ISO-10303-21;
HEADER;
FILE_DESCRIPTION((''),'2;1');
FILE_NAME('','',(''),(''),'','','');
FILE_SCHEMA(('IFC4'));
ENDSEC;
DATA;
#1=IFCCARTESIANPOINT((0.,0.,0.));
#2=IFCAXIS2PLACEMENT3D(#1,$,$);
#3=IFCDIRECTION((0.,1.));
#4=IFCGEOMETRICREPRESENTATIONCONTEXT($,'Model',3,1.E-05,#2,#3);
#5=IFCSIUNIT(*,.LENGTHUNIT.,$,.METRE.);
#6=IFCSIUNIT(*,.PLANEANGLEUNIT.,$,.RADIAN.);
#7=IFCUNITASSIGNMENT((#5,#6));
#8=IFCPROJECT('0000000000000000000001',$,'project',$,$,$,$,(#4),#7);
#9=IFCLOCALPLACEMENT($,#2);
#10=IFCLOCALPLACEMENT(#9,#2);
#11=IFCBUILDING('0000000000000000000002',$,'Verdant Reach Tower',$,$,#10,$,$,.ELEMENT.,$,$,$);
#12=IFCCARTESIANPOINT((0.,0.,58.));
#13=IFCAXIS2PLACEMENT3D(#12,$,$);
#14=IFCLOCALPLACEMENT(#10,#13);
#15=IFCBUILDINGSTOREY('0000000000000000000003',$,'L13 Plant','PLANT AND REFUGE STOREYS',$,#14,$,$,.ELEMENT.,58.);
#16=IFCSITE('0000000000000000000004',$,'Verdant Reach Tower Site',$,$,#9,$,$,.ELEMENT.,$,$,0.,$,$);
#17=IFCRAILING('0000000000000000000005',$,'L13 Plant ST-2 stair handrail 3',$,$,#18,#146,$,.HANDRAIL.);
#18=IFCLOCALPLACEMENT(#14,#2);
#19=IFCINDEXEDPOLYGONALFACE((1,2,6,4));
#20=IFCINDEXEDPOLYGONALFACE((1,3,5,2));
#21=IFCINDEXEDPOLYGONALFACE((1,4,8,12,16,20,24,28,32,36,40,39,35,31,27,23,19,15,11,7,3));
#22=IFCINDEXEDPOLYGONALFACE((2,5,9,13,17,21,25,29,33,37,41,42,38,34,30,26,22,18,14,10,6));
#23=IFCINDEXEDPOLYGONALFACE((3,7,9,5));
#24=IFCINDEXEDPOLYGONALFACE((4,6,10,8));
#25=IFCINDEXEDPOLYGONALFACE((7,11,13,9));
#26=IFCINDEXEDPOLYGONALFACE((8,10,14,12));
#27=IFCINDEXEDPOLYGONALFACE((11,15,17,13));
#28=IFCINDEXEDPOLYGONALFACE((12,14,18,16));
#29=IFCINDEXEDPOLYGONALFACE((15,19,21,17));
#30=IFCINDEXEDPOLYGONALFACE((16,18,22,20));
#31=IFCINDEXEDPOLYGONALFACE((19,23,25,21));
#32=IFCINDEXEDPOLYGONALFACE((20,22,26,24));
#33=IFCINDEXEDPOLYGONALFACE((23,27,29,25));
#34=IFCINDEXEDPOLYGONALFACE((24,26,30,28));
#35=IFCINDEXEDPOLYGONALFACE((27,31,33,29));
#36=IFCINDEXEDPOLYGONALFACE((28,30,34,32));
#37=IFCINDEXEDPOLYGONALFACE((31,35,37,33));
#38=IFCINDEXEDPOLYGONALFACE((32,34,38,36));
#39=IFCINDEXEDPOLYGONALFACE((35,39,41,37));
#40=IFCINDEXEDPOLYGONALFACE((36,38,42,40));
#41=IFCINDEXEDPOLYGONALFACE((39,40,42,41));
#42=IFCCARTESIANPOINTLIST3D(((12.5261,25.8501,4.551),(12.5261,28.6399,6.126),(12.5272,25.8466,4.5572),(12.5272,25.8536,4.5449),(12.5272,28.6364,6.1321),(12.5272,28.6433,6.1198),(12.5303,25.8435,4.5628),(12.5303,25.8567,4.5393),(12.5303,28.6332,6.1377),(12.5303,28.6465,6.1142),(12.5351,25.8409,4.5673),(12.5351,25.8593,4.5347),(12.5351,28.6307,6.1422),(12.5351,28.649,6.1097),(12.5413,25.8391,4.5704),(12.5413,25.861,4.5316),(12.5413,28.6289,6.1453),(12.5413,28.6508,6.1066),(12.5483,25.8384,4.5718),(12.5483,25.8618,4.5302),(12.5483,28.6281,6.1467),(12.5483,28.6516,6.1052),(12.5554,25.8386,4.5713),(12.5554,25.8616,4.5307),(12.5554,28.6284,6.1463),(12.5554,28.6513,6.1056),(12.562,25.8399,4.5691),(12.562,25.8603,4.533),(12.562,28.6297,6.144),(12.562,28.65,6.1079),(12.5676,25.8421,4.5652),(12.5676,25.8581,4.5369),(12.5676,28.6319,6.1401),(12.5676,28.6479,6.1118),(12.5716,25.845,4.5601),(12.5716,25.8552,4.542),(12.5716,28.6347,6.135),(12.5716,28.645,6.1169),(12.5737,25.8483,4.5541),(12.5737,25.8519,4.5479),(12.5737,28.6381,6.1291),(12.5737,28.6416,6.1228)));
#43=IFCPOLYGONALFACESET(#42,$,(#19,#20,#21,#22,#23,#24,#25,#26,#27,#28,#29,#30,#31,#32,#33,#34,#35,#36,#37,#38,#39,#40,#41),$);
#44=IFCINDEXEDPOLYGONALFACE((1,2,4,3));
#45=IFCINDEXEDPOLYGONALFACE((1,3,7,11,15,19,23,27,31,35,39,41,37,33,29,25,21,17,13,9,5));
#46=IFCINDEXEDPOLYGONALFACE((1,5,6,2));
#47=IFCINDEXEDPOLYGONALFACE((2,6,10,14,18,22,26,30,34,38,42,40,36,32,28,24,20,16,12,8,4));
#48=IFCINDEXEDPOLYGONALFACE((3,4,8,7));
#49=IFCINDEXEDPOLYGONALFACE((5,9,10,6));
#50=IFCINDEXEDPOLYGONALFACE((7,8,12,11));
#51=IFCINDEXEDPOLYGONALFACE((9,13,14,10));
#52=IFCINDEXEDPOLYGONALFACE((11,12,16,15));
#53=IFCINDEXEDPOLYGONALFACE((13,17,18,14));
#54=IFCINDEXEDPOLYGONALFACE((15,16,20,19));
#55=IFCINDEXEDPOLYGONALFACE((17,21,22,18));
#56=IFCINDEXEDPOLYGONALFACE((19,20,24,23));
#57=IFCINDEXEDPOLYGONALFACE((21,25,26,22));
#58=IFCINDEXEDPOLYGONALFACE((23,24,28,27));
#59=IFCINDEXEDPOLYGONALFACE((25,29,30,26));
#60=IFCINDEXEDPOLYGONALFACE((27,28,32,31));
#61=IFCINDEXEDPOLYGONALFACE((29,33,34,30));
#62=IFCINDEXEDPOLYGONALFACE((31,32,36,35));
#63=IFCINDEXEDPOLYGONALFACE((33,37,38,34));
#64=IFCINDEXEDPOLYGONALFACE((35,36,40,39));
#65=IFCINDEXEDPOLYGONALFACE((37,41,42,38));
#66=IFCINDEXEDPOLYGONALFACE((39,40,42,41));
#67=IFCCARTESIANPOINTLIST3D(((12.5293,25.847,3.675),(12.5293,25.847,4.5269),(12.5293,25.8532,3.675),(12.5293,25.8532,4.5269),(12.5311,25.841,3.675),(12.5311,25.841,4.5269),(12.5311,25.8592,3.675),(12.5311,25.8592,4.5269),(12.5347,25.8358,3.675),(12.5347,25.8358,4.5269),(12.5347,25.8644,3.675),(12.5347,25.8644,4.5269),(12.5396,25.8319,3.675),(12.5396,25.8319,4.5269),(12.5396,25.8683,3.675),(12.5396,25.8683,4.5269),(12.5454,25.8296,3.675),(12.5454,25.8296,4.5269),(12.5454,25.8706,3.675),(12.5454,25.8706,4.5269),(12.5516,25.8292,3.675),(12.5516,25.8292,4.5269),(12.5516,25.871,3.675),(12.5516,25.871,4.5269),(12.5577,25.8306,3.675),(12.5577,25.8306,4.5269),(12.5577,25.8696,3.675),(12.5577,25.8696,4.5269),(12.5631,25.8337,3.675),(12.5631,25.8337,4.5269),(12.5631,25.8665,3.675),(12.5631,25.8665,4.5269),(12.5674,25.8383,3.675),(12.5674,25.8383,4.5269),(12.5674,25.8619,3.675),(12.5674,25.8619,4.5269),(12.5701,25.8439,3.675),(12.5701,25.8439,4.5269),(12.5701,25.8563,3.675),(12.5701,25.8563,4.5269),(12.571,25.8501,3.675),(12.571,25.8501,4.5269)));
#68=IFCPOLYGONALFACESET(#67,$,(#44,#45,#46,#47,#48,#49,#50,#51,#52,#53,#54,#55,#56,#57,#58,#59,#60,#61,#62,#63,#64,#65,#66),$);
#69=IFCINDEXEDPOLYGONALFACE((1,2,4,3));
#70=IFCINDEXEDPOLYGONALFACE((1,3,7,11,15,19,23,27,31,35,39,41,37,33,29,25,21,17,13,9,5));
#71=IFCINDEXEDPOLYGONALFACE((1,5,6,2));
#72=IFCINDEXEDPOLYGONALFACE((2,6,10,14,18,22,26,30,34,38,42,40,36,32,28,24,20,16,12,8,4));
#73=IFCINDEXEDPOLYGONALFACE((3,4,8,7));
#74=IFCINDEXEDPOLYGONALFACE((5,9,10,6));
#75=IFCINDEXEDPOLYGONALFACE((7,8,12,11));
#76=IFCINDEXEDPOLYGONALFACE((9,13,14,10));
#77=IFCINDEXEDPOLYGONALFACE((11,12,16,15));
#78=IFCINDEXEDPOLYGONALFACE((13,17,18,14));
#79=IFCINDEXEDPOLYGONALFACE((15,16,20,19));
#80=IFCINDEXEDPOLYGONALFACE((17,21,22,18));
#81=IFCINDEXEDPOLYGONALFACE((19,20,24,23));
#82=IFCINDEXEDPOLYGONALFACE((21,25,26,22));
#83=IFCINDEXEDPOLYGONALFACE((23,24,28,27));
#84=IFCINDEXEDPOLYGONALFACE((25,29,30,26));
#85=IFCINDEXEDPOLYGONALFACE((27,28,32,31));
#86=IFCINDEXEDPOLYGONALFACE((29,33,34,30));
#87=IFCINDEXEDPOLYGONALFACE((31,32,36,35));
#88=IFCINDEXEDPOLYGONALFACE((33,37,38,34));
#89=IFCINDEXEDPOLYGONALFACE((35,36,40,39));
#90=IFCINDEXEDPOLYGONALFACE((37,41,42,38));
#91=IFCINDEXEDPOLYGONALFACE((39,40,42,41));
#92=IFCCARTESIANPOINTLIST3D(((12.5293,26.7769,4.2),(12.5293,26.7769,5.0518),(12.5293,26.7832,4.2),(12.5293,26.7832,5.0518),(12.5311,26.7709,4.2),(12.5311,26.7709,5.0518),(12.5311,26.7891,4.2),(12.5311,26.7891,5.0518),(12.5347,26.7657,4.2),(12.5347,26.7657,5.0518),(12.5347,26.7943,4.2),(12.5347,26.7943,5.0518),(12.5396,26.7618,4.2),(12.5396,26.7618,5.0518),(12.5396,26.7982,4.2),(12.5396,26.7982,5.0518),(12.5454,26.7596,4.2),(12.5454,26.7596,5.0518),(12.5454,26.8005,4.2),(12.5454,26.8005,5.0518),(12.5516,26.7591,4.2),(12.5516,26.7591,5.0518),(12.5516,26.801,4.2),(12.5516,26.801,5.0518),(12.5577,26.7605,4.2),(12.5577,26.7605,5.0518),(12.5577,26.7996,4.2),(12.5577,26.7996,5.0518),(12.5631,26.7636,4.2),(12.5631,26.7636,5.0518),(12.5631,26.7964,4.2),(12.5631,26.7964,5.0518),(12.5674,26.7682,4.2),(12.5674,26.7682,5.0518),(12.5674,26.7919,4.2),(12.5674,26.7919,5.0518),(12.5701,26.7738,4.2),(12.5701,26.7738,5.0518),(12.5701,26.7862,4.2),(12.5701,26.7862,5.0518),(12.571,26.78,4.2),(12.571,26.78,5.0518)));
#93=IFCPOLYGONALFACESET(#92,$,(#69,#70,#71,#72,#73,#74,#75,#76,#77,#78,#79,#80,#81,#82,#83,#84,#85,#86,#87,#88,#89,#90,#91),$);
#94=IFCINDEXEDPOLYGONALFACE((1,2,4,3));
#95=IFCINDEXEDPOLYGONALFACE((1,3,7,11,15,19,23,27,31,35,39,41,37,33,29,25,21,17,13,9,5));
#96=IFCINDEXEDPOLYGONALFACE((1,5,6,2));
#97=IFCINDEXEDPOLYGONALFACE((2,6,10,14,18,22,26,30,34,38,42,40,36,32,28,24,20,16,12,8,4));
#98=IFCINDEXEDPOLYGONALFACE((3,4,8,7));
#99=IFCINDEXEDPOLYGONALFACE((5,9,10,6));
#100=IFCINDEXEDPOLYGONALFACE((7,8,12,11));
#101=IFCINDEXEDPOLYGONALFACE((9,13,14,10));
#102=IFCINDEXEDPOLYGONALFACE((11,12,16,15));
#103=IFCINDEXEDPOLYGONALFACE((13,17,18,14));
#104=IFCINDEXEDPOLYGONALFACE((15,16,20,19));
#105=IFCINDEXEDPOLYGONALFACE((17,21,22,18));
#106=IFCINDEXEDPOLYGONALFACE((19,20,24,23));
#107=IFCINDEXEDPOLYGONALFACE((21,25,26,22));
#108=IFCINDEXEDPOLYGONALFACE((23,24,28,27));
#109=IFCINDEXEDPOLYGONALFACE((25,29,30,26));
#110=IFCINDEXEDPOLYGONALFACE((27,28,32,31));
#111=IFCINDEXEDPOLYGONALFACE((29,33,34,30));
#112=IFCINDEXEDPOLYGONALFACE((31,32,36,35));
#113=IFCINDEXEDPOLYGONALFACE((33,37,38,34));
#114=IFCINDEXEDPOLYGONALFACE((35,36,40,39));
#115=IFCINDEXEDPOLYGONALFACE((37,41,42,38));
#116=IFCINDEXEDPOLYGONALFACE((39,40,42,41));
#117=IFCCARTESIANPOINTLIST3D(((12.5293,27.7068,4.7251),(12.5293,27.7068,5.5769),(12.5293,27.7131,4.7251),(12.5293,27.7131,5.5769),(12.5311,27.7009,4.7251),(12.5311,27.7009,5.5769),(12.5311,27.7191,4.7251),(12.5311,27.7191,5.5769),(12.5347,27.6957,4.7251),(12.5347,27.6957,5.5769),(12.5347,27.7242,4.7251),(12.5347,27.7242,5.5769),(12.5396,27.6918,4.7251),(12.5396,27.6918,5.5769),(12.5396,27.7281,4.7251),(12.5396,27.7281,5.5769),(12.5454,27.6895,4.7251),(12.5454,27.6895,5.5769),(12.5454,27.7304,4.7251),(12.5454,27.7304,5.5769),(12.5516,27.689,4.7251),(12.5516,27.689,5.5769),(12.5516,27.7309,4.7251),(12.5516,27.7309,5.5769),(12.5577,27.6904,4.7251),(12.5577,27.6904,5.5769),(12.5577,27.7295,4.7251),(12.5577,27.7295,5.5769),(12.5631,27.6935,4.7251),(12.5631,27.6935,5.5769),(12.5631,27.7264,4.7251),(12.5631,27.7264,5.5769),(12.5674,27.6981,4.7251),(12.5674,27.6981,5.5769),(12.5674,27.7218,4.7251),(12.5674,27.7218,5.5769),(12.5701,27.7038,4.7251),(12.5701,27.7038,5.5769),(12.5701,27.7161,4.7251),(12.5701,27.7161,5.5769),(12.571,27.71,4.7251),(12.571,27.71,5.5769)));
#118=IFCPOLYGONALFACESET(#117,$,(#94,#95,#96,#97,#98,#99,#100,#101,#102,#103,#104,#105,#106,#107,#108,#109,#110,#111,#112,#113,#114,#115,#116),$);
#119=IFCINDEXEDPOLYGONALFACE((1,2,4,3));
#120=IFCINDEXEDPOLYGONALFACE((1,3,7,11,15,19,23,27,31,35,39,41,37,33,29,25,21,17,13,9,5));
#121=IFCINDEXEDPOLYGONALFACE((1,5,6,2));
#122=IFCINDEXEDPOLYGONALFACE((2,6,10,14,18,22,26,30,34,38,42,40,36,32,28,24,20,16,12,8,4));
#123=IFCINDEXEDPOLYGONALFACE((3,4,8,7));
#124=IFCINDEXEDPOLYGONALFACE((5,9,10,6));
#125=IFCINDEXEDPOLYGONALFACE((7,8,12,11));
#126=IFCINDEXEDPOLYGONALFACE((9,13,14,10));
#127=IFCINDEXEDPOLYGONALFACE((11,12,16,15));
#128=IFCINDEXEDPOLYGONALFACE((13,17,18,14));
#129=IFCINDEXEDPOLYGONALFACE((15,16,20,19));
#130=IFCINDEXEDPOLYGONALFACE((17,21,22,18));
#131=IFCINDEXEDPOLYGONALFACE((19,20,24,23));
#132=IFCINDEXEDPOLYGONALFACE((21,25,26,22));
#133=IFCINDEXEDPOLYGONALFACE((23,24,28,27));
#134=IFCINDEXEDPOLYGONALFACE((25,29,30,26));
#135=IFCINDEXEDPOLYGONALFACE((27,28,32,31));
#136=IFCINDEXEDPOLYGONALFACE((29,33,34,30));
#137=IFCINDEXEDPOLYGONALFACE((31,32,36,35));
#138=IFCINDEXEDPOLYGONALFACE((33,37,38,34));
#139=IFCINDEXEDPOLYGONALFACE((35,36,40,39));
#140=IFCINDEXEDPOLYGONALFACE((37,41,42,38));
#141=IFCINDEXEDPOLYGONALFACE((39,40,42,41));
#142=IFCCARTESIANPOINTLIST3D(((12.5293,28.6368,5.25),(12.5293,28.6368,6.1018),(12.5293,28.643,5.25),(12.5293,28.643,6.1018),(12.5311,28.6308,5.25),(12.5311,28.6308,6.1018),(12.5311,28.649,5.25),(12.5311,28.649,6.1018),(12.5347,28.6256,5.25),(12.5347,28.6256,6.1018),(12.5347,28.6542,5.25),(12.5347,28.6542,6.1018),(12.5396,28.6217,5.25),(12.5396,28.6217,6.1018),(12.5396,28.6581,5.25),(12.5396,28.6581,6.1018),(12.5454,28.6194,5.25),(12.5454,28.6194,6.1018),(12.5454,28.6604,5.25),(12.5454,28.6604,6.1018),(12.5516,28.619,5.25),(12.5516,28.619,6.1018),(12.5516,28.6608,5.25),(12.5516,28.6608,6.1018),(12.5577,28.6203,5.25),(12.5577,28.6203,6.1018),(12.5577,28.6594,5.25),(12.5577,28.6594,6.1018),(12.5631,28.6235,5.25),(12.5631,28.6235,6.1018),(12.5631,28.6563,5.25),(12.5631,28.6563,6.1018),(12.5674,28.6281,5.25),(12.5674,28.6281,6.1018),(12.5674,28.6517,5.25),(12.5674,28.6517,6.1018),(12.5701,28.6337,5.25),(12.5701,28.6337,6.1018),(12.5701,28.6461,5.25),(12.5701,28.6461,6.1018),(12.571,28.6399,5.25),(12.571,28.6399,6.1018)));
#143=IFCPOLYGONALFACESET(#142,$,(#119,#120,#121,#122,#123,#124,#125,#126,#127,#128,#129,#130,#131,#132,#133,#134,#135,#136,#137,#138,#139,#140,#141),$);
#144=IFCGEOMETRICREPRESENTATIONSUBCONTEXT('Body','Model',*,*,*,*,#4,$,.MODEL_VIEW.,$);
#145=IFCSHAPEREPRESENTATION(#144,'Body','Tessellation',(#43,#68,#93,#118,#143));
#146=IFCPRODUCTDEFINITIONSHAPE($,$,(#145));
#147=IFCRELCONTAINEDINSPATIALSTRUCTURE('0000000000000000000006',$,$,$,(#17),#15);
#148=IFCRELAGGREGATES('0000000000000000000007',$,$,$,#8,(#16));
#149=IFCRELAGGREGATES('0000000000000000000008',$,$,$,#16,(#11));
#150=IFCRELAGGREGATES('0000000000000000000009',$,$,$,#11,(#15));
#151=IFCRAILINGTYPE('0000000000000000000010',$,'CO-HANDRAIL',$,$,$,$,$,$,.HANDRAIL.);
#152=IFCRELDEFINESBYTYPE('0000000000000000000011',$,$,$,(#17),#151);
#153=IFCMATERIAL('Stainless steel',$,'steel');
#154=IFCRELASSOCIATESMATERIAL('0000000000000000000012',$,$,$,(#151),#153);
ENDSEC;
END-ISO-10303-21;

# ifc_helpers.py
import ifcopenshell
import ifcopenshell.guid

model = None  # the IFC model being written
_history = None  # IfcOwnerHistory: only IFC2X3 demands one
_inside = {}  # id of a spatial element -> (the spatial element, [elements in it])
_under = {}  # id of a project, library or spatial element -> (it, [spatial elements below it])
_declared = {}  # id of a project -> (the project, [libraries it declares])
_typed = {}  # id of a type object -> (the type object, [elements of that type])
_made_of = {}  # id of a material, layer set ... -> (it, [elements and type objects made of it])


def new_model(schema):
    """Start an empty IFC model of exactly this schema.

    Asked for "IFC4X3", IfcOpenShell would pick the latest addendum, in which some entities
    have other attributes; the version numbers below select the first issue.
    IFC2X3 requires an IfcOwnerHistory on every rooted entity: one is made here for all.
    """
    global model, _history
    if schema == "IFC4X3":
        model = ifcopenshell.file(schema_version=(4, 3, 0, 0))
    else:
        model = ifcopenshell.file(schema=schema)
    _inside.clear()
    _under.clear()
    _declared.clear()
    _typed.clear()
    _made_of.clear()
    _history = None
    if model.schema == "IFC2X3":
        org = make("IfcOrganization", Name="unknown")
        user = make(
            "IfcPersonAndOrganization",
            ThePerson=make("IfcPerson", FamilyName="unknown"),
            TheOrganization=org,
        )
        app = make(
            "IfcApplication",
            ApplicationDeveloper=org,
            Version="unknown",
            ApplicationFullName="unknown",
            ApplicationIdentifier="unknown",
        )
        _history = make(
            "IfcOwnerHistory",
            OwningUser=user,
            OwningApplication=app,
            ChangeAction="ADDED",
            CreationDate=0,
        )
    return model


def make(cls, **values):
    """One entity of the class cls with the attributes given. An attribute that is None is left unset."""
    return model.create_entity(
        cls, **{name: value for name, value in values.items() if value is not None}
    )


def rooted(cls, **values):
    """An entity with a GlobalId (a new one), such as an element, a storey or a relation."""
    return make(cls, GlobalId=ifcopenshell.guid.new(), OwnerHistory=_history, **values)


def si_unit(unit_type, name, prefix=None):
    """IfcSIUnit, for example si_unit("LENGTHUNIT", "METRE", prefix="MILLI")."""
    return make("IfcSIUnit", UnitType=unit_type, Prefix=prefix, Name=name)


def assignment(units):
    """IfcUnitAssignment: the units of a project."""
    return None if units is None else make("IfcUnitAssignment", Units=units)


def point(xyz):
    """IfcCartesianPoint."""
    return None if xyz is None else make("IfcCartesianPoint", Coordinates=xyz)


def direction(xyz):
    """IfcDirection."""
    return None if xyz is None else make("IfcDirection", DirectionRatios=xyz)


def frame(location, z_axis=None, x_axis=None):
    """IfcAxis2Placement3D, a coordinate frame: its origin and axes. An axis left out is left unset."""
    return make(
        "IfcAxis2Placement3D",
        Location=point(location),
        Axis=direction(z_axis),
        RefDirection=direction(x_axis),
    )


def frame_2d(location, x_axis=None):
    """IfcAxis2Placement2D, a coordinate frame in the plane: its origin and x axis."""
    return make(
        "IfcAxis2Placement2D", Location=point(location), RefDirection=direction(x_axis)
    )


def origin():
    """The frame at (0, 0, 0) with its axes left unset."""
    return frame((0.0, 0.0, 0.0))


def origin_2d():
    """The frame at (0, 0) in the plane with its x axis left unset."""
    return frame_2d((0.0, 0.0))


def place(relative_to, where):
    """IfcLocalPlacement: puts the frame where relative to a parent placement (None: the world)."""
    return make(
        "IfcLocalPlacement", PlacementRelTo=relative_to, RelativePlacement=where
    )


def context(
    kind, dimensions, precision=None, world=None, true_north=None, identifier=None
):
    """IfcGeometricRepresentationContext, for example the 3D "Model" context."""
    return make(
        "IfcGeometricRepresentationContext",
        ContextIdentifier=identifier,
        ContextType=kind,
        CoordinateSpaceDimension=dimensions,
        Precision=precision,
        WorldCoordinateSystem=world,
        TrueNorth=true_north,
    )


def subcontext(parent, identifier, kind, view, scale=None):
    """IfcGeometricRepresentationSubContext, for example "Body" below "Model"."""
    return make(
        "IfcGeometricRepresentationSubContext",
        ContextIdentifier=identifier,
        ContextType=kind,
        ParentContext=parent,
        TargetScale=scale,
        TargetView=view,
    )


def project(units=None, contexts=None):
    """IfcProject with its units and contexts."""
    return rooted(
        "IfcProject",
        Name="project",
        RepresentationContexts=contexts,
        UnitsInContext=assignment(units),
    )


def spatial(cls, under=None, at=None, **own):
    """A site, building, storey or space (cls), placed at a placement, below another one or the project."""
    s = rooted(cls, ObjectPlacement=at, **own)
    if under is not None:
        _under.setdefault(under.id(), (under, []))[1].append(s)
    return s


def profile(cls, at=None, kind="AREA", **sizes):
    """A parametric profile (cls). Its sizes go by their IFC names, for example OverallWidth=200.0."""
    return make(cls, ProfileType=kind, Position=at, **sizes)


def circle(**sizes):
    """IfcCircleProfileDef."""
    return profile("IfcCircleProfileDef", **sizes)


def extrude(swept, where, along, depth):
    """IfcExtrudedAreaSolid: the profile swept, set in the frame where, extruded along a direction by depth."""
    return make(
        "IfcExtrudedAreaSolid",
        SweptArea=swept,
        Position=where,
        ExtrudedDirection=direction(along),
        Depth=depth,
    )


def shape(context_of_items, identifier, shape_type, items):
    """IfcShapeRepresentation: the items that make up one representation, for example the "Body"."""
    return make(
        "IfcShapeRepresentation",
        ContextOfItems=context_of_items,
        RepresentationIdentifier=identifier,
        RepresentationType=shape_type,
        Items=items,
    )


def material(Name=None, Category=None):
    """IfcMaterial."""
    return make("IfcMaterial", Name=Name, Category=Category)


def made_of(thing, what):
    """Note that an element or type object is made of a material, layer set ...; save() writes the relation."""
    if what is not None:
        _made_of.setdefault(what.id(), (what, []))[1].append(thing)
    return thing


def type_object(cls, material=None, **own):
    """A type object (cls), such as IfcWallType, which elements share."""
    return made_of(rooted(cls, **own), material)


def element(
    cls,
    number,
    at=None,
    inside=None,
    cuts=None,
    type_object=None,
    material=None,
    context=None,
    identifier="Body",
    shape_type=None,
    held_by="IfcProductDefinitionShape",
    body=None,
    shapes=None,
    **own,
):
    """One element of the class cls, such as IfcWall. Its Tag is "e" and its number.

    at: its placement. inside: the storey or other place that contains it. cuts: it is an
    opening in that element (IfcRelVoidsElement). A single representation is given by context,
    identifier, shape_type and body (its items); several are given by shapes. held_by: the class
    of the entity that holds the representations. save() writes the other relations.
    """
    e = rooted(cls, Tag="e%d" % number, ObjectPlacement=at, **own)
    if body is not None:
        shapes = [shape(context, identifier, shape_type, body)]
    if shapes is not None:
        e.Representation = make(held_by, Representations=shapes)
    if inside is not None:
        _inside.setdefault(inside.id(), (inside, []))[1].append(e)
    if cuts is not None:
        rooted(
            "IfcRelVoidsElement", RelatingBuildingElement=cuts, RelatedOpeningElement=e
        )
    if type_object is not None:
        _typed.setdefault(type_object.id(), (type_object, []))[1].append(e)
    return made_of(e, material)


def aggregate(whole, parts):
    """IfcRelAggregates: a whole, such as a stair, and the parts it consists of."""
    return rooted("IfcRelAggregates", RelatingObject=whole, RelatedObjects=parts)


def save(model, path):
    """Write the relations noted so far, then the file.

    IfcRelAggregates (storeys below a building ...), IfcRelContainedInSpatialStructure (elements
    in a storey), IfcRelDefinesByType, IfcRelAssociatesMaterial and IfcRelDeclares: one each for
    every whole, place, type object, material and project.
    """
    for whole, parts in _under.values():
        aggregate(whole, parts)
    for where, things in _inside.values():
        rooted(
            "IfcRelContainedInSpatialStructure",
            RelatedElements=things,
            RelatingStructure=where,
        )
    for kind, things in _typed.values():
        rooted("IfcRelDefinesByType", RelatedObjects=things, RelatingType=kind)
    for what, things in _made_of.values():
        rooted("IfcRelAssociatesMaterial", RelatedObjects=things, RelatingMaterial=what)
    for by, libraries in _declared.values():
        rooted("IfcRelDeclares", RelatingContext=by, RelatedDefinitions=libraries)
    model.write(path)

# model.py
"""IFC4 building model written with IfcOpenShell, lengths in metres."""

from ifc_helpers import new_model, si_unit, direction, frame, origin, origin_2d, place, context, subcontext, project, spatial, circle, extrude, material, type_object, element, save


model = new_model("IFC4")

# Units and contexts
model_context = context("Model", 3, precision=1e-05, world=origin(), true_north=direction((0.0, 1.0)))
body_context = subcontext(model_context, "Body", "Model", "MODEL_VIEW")
ifc_project = project(units=[si_unit("LENGTHUNIT", "METRE"), si_unit("PLANEANGLEUNIT", "RADIAN")], contexts=[model_context])

# Site, building, storey
site_placement = place(None, origin())
site = spatial("IfcSite", under=ifc_project, at=site_placement, Name="Verdant Reach Tower Site", CompositionType="ELEMENT", RefElevation=0.0)
building_placement = place(site_placement, origin())
building = spatial("IfcBuilding", under=site, at=building_placement, Name="Verdant Reach Tower", CompositionType="ELEMENT")
storey_placement = place(building_placement, frame((0.0, 0.0, 58.0)))
storey = spatial("IfcBuildingStorey", under=building, at=storey_placement, Name="L13 Plant", Description="PLANT AND REFUGE STOREYS", CompositionType="ELEMENT", Elevation=58.0)

# Railing
ifc_material_1 = material(Name="Stainless steel", Category="steel")
railing_type_1 = type_object("IfcRailingType", Name="CO-HANDRAIL", PredefinedType="HANDRAIL", material=ifc_material_1)
railing_1_placement = place(storey_placement, frame((12.55, 25.8501, 3.675)))
element("IfcRailing", 1, at=railing_1_placement, inside=storey, type_object=railing_type_1, Name="L13 Plant ST-2 stair handrail 3", PredefinedType="HANDRAIL", context=body_context, shape_type="SweptSolid", body=[
    extrude(circle(Radius=0.0239, at=origin_2d()), frame((0.0, 0.0, 0.876), z_axis=(0.0, 0.870815, 0.49161), x_axis=(-1.0, 0.0, 0.0)), (0.0, 0.0, 1.0), 3.2036),
    extrude(circle(Radius=0.021, at=origin_2d()), origin(), (0.0, 0.0, 1.0), 0.8518),
    extrude(circle(Radius=0.021, at=origin_2d()), frame((0.0, 0.9299, 0.5249)), (0.0, 0.0, 1.0), 0.8518),
    extrude(circle(Radius=0.021, at=origin_2d()), frame((0.0, 1.8599, 1.05)), (0.0, 0.0, 1.0), 0.8518),
    extrude(circle(Radius=0.021, at=origin_2d()), frame((0.0, 2.7898, 1.575)), (0.0, 0.0, 1.0), 0.8518),
])

save(model, "model.ifc")
